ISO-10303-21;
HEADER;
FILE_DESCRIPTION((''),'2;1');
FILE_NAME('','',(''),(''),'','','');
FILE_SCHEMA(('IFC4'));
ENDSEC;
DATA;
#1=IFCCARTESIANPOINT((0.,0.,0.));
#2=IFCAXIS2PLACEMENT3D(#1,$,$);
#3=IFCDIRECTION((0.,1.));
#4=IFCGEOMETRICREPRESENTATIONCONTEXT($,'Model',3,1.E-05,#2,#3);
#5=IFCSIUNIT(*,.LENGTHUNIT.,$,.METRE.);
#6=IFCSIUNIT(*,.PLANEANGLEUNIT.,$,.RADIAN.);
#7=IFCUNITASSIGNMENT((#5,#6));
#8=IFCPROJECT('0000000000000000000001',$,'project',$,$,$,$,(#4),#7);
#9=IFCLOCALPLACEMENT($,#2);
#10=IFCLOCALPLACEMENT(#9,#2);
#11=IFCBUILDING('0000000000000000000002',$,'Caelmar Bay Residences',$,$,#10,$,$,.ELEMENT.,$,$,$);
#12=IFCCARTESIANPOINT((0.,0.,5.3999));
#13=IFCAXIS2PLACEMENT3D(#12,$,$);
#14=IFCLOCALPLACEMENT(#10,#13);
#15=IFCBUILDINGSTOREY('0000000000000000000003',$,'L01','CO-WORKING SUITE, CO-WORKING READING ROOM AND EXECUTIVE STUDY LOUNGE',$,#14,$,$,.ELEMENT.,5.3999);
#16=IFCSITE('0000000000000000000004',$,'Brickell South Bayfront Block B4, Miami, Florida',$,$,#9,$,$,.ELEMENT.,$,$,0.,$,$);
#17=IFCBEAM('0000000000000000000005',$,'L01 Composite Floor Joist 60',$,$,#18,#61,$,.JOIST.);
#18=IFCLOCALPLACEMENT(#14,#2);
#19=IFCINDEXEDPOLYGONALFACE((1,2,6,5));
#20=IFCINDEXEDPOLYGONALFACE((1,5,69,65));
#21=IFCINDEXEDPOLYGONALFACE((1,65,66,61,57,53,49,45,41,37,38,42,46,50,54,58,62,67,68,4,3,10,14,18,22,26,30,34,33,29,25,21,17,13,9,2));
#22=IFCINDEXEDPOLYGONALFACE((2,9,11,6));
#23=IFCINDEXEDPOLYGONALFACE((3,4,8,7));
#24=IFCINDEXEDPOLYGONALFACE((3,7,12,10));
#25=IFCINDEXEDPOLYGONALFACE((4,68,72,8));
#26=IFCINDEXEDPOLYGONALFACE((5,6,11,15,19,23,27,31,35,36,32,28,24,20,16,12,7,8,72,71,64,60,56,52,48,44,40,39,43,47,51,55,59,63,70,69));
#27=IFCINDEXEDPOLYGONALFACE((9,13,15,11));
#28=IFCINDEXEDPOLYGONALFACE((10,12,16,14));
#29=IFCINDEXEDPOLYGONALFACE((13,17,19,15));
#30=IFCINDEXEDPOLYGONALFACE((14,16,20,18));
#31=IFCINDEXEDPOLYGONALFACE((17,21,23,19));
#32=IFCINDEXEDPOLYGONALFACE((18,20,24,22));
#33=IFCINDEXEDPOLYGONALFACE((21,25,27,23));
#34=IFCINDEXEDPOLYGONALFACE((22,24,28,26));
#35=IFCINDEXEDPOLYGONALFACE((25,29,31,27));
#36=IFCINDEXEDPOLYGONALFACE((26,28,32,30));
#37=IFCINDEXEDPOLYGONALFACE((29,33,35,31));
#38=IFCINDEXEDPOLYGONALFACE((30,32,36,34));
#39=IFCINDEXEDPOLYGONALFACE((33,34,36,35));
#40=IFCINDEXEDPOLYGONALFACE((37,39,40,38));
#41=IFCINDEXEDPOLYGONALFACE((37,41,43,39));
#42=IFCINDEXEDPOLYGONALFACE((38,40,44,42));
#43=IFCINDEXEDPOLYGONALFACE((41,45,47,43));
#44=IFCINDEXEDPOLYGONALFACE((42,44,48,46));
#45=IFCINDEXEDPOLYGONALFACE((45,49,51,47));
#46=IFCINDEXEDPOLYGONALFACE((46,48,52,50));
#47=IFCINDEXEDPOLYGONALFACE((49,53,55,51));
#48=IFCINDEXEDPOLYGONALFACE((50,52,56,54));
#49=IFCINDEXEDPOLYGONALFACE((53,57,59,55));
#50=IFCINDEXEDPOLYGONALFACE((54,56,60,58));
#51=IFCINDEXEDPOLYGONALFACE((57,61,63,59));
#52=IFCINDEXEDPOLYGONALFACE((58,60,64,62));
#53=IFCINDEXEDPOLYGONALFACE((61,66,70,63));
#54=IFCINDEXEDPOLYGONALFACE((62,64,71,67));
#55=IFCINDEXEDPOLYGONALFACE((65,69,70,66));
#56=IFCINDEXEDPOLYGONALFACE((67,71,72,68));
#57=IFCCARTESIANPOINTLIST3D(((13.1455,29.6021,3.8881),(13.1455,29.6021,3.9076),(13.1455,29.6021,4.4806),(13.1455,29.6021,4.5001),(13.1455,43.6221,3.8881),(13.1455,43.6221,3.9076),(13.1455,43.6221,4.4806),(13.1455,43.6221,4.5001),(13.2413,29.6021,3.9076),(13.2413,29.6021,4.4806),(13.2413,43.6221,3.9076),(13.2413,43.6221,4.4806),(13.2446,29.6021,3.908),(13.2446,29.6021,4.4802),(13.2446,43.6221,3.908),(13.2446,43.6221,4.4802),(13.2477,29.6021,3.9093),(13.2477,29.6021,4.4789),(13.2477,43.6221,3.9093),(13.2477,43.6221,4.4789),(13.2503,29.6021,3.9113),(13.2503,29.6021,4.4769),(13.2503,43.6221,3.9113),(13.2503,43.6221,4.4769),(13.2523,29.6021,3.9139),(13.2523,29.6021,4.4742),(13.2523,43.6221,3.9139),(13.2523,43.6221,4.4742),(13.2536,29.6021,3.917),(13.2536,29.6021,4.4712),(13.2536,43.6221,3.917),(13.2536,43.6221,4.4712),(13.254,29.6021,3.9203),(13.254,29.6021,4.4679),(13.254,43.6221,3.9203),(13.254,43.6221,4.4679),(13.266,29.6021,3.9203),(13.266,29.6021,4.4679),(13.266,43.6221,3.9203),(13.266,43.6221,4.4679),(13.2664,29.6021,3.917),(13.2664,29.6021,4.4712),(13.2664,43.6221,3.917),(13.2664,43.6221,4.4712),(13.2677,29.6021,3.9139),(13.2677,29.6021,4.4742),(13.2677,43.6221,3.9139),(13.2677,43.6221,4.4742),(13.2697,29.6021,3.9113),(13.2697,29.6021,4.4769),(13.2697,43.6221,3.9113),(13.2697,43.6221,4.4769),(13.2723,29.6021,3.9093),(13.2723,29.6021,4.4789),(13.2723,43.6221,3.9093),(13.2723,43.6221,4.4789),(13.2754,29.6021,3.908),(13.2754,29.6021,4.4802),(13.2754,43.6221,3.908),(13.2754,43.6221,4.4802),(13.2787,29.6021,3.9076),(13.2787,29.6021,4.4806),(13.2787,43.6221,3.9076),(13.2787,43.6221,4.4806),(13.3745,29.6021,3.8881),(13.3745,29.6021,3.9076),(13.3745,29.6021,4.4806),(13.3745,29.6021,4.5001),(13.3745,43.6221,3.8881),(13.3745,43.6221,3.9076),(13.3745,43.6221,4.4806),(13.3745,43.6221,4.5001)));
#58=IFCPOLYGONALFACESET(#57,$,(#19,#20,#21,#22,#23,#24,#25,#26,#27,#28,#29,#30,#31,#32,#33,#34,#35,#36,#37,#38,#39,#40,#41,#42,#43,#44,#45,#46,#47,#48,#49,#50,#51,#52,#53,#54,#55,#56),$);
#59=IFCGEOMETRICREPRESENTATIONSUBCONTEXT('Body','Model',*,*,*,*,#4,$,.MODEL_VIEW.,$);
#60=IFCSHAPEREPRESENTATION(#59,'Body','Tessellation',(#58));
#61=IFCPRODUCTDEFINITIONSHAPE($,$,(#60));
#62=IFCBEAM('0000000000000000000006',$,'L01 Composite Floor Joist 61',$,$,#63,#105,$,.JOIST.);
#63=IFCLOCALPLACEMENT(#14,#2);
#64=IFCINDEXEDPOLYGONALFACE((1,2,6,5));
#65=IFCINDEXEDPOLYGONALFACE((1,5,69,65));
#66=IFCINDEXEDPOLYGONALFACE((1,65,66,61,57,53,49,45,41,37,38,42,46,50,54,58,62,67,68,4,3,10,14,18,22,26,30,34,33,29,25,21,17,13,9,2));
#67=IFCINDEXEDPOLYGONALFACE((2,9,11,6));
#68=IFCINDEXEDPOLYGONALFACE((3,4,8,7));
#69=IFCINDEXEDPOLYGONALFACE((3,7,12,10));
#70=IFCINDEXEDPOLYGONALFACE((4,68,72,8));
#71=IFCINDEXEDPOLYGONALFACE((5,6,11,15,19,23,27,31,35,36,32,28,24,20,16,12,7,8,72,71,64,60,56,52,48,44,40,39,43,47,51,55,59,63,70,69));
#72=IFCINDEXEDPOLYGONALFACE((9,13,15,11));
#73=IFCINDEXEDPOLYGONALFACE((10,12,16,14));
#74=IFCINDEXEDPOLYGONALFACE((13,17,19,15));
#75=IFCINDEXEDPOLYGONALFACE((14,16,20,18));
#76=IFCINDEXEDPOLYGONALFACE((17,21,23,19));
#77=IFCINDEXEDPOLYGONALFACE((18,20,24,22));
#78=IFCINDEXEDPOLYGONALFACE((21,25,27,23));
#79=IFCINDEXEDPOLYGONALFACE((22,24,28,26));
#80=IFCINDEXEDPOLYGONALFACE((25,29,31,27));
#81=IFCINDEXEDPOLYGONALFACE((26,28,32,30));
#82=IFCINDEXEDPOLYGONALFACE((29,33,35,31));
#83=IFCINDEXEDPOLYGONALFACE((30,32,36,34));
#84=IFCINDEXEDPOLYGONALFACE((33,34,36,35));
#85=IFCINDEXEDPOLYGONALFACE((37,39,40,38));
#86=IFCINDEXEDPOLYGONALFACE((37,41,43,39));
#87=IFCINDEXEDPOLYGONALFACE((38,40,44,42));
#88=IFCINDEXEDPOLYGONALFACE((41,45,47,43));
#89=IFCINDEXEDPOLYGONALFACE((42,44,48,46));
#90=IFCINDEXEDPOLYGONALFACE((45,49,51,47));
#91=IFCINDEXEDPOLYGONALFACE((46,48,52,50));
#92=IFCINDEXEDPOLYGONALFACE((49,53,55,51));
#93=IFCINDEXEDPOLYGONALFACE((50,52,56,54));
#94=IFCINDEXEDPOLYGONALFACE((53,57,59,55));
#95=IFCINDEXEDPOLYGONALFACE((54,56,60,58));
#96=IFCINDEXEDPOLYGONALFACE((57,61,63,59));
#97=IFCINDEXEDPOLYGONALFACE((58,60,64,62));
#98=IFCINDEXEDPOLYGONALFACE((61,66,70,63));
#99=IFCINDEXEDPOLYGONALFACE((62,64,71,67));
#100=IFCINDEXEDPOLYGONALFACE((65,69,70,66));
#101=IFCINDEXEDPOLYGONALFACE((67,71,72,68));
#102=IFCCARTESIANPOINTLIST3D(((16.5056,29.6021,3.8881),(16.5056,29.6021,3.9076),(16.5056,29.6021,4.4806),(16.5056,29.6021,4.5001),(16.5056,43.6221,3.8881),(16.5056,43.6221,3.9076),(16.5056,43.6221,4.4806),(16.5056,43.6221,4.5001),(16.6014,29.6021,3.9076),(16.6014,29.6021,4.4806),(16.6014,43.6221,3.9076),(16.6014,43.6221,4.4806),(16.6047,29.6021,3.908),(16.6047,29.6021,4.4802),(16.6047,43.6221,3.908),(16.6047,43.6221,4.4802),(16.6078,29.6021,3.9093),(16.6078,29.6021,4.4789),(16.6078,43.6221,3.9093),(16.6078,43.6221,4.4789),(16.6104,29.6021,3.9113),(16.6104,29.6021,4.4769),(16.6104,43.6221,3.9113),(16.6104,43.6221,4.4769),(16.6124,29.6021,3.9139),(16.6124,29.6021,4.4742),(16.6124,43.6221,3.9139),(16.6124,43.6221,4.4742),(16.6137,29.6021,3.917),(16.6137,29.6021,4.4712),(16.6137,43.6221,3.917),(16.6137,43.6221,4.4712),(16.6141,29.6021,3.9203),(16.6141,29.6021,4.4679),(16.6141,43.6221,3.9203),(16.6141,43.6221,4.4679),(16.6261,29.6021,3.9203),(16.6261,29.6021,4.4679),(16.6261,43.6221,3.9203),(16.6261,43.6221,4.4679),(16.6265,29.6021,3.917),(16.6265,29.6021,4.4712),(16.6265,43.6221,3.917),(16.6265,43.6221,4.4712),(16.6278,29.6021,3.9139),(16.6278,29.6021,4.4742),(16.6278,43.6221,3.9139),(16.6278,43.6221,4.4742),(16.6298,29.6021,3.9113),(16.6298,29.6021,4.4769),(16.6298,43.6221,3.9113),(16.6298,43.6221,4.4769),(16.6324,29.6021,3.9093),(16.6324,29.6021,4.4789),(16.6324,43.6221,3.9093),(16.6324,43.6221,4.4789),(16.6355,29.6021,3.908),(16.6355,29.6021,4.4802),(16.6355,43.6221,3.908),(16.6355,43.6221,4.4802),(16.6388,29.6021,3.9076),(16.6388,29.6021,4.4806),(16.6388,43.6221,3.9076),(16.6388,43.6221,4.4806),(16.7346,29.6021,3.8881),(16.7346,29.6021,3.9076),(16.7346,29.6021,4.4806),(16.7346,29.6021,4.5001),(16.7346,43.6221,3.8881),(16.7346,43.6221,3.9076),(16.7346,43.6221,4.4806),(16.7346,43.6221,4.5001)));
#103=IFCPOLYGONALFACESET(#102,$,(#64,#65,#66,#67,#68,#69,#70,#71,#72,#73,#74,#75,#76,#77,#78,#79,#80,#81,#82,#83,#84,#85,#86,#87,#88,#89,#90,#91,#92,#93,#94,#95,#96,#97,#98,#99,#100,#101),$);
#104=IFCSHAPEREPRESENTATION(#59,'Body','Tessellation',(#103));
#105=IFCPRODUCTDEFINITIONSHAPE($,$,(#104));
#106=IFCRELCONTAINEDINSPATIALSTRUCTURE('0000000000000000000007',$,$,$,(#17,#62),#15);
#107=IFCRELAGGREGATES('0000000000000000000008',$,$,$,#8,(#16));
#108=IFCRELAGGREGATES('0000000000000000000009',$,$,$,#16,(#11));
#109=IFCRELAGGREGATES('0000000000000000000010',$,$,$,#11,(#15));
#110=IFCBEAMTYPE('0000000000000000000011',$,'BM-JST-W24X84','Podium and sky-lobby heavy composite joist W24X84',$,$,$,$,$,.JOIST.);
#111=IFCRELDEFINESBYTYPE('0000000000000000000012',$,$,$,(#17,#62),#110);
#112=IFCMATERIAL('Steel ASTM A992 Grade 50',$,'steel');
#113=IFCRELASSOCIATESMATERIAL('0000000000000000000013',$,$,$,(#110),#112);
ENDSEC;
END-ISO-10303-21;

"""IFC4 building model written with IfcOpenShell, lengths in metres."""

from ifc_helpers import new_model, si_unit, direction, frame, origin, origin_2d, place, context, subcontext, project, spatial, i_section, extrude, material, material_profile, profile_set, type_object, element, save


model = new_model("IFC4")

# Units and contexts
model_context = context("Model", 3, precision=1e-05, world=origin(), true_north=direction((0.0, 1.0)))
body_context = subcontext(model_context, "Body", "Model", "MODEL_VIEW")
ifc_project = project(units=[si_unit("LENGTHUNIT", "METRE"), si_unit("PLANEANGLEUNIT", "RADIAN")], contexts=[model_context])

# Site, building, storey
site_placement = place(None, origin())
site = spatial("IfcSite", under=ifc_project, at=site_placement, Name="Brickell South Bayfront Block B4, Miami, Florida", CompositionType="ELEMENT", RefElevation=0.0)
building_placement = place(site_placement, origin())
building = spatial("IfcBuilding", under=site, at=building_placement, Name="Caelmar Bay Residences", CompositionType="ELEMENT")
storey_placement = place(building_placement, frame((0.0, 0.0, 5.3999)))
storey = spatial("IfcBuildingStorey", under=building, at=storey_placement, Name="L01", Description="CO-WORKING SUITE, CO-WORKING READING ROOM AND EXECUTIVE STUDY LOUNGE", CompositionType="ELEMENT", Elevation=5.3999)

# Beams
ifc_material_1 = material(Name="Steel ASTM A992 Grade 50", Category="steel")
ifc_material_profile_1 = material_profile(ifc_material_1, i_section(OverallWidth=0.229, OverallDepth=0.6121, WebThickness=0.012, FlangeThickness=0.0195, FilletRadius=0.0127, at=origin_2d()), Name="W24X84")
ifc_profile_set_1 = profile_set([ifc_material_profile_1], Name="Steel ASTM A992 Grade 50")
beam_type_1 = type_object("IfcBeamType", Name="BM-JST-W24X84", Description="Podium and sky-lobby heavy composite joist W24X84", PredefinedType="JOIST", material=ifc_profile_set_1)
for number, where, z_axis, x_axis, name in (
    (1, (13.26, 29.6021, 4.1941), (0.0, 1.0, 0.0), (-1.0, 0.0, 0.0), "L01 Composite Floor Joist 60"),
    (2, (16.6201, 29.6021, 4.1941), (0.0, 1.0, 0.0), (-1.0, 0.0, 0.0), "L01 Composite Floor Joist 61"),
):
    element("IfcBeam", number, at=place(storey_placement, frame(where, z_axis=z_axis, x_axis=x_axis)), inside=storey, type_object=beam_type_1, Name=name, PredefinedType="JOIST", context=body_context, shape_type="SweptSolid", body=[
        extrude(i_section(OverallWidth=0.229, OverallDepth=0.6121, WebThickness=0.012, FlangeThickness=0.0195, FilletRadius=0.0127, at=origin_2d()), origin(), (0.0, 0.0, 1.0), 14.02),
    ])

save(model, "model.ifc")
